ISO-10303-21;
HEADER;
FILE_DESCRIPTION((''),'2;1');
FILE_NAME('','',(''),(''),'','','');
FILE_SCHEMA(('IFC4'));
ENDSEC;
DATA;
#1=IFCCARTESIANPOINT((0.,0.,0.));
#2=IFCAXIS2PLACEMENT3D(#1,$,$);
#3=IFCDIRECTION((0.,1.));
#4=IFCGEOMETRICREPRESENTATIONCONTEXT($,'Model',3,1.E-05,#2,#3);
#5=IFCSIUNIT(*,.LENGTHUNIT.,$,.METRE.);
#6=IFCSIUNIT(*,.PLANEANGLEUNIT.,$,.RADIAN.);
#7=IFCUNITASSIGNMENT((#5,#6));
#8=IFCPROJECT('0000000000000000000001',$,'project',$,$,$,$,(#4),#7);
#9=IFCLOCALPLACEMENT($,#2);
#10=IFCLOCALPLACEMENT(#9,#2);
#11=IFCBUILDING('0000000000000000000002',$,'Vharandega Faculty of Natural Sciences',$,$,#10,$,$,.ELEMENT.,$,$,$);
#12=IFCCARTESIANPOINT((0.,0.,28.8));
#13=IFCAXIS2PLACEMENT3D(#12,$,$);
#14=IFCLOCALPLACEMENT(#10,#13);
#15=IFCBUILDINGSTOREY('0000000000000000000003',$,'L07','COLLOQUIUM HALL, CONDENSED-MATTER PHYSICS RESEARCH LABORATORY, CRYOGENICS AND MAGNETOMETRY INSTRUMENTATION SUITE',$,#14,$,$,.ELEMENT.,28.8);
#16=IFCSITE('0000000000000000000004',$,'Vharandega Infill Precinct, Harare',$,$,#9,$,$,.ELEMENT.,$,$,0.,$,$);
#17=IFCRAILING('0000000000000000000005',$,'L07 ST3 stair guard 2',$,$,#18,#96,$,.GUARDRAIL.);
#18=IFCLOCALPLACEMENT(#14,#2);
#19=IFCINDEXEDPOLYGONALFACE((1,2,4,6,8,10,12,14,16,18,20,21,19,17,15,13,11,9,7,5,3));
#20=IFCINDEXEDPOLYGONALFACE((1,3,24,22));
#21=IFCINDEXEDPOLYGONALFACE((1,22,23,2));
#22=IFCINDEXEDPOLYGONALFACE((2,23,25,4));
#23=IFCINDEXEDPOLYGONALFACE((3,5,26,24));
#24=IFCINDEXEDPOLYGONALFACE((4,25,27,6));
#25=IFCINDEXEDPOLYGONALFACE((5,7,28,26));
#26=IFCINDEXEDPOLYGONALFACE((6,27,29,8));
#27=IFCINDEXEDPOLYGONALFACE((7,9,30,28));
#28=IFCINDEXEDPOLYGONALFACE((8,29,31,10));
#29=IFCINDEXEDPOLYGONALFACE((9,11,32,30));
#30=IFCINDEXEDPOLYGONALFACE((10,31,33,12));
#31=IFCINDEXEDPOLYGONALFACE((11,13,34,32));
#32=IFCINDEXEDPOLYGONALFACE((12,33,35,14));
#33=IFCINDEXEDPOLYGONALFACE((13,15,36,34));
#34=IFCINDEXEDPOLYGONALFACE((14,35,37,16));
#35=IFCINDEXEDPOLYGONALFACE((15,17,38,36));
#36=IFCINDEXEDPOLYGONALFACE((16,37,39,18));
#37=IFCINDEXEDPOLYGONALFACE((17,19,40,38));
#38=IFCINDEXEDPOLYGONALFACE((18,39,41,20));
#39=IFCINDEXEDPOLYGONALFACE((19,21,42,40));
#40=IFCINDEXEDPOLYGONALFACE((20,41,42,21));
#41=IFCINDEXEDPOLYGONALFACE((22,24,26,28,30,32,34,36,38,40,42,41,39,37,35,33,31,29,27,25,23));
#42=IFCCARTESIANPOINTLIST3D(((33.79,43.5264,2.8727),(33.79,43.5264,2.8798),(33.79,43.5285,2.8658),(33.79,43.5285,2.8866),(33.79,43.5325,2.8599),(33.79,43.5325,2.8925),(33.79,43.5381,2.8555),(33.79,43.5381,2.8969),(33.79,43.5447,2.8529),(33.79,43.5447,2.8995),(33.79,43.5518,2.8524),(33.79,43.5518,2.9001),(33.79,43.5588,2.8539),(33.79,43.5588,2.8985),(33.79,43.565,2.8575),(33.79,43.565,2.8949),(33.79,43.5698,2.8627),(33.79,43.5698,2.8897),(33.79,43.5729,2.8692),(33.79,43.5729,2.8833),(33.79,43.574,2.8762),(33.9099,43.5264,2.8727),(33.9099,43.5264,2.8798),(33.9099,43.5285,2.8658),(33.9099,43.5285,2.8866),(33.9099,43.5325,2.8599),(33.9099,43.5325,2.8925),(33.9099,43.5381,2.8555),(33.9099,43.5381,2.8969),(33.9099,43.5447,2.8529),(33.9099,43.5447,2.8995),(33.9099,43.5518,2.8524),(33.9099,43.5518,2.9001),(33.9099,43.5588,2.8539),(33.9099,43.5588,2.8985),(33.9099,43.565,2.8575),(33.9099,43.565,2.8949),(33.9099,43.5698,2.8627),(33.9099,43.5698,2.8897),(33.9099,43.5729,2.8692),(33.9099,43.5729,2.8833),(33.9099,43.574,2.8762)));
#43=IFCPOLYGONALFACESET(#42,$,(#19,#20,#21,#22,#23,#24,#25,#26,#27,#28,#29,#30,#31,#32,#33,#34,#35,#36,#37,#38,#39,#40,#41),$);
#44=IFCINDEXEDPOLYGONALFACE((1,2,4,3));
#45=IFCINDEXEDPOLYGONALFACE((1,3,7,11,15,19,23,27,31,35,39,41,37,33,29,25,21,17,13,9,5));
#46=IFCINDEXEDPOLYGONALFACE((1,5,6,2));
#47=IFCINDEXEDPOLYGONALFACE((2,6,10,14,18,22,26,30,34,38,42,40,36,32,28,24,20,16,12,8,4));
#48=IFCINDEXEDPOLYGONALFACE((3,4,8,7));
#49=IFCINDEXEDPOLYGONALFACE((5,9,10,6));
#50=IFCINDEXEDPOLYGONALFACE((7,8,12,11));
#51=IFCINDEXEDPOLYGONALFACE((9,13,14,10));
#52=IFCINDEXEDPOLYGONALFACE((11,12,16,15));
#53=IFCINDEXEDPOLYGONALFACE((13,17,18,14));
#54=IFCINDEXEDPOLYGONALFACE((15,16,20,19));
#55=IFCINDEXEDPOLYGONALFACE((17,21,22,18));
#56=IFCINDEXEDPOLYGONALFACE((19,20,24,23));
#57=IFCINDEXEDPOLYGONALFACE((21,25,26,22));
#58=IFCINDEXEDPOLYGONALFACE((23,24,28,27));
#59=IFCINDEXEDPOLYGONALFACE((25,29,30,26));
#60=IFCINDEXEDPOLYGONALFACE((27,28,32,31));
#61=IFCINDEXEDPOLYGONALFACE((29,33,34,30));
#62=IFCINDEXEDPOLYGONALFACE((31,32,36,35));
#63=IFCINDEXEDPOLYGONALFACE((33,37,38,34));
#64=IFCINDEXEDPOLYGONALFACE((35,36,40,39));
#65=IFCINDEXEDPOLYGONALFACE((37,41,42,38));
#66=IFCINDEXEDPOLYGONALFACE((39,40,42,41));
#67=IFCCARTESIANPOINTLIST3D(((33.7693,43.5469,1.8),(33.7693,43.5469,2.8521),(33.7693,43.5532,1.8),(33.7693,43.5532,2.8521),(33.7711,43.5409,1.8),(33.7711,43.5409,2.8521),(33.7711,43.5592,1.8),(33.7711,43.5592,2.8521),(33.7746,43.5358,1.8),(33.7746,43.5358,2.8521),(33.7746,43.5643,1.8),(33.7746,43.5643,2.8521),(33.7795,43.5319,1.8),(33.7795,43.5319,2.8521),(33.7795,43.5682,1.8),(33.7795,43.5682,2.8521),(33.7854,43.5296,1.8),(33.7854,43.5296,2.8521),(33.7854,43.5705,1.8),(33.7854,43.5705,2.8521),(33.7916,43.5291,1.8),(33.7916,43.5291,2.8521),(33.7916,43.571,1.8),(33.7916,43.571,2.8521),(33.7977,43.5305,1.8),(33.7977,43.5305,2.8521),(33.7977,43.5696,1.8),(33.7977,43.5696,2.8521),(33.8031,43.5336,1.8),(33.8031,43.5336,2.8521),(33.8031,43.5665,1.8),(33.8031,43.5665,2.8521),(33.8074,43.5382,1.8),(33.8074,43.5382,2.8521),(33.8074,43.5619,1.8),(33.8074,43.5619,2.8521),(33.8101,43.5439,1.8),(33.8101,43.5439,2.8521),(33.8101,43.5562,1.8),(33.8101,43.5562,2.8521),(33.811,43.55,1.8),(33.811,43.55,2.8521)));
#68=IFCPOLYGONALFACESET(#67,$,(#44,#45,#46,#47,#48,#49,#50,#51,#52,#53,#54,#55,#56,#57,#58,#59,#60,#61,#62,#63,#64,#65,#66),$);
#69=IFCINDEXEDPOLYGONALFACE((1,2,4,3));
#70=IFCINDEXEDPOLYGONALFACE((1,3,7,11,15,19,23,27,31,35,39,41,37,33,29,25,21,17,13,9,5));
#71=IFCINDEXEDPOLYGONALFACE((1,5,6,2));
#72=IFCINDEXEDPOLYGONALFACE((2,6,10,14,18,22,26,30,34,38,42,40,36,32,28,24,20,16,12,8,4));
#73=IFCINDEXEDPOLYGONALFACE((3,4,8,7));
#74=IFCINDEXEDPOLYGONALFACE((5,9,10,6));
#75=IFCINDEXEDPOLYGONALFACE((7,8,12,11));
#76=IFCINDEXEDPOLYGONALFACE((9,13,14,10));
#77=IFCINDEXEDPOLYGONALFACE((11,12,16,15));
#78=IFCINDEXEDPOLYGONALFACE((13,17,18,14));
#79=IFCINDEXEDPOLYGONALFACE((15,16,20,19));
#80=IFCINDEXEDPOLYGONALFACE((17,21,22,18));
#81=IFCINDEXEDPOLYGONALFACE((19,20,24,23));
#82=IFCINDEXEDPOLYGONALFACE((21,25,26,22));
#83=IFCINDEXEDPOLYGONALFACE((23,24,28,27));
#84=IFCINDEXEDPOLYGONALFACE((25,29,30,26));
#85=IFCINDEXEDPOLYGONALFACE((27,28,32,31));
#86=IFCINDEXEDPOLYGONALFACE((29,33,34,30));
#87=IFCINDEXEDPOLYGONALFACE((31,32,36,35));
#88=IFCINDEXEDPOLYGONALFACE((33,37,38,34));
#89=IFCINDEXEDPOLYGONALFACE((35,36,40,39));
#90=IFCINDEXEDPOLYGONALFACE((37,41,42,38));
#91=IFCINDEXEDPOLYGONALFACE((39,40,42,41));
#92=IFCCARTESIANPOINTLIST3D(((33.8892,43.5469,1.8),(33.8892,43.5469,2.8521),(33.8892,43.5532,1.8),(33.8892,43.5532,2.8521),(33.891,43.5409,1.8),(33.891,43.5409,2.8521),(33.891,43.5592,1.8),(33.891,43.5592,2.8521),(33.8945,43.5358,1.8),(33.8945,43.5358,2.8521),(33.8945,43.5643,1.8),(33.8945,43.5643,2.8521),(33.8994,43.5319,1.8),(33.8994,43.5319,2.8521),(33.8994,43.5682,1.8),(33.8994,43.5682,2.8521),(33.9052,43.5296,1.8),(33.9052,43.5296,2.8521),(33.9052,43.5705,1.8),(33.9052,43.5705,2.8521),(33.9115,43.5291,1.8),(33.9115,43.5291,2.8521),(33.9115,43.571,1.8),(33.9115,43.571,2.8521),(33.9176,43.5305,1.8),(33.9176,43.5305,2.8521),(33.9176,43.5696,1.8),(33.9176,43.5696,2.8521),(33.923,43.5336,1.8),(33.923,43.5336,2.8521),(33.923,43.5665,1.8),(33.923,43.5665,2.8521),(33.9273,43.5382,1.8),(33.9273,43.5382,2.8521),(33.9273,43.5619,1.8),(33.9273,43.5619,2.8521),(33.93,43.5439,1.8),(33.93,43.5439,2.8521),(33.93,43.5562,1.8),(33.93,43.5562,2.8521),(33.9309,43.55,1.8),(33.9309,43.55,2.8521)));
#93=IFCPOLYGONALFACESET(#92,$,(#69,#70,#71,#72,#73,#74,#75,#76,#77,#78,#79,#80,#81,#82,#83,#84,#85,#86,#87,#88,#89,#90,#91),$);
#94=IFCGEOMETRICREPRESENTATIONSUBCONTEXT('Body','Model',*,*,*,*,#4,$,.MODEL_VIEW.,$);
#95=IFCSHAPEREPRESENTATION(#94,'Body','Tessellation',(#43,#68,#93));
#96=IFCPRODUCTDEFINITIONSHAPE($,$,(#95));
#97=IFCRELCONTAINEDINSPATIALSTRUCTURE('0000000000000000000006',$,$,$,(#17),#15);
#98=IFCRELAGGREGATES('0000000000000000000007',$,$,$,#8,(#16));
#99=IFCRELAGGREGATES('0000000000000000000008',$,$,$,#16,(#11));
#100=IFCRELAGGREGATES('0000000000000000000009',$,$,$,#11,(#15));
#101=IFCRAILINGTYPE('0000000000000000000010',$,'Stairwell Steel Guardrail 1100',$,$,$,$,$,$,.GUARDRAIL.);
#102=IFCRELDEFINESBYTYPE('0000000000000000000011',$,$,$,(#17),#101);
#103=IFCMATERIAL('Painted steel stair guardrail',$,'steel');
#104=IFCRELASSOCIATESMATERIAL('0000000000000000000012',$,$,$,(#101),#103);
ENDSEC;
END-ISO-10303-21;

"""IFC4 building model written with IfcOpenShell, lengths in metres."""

from ifc_helpers import new_model, si_unit, direction, frame, origin, origin_2d, place, context, subcontext, project, spatial, circle, extrude, material, type_object, element, save


model = new_model("IFC4")

# Units and contexts
model_context = context("Model", 3, precision=1e-05, world=origin(), true_north=direction((0.0, 1.0)))
body_context = subcontext(model_context, "Body", "Model", "MODEL_VIEW")
ifc_project = project(units=[si_unit("LENGTHUNIT", "METRE"), si_unit("PLANEANGLEUNIT", "RADIAN")], contexts=[model_context])

# Site, building, storey
site_placement = place(None, origin())
site = spatial("IfcSite", under=ifc_project, at=site_placement, Name="Vharandega Infill Precinct, Harare", CompositionType="ELEMENT", RefElevation=0.0)
building_placement = place(site_placement, origin())
building = spatial("IfcBuilding", under=site, at=building_placement, Name="Vharandega Faculty of Natural Sciences", CompositionType="ELEMENT")
storey_placement = place(building_placement, frame((0.0, 0.0, 28.8)))
storey = spatial("IfcBuildingStorey", under=building, at=storey_placement, Name="L07", Description="COLLOQUIUM HALL, CONDENSED-MATTER PHYSICS RESEARCH LABORATORY, CRYOGENICS AND MAGNETOMETRY INSTRUMENTATION SUITE", CompositionType="ELEMENT", Elevation=28.8)

# Railing
ifc_material_1 = material(Name="Painted steel stair guardrail", Category="steel")
railing_type_1 = type_object("IfcRailingType", Name="Stairwell Steel Guardrail 1100", PredefinedType="GUARDRAIL", material=ifc_material_1)
railing_1_placement = place(storey_placement, frame((33.79, 43.55, 1.8)))
element("IfcRailing", 1, at=railing_1_placement, inside=storey, type_object=railing_type_1, Name="L07 ST3 stair guard 2", PredefinedType="GUARDRAIL", context=body_context, shape_type="SweptSolid", body=[
    extrude(circle(Radius=0.0239, at=origin_2d()), frame((0.0, 0.0, 1.0762), z_axis=(1.0, 0.0, 0.0), x_axis=(0.0, 1.0, 0.0)), (0.0, 0.0, 1.0), 0.1199),
    extrude(circle(Radius=0.021, at=origin_2d()), origin(), (0.0, 0.0, 1.0), 1.052),
    extrude(circle(Radius=0.021, at=origin_2d()), frame((0.1199, 0.0, 0.0)), (0.0, 0.0, 1.0), 1.052),
])

save(model, "model.ifc")
